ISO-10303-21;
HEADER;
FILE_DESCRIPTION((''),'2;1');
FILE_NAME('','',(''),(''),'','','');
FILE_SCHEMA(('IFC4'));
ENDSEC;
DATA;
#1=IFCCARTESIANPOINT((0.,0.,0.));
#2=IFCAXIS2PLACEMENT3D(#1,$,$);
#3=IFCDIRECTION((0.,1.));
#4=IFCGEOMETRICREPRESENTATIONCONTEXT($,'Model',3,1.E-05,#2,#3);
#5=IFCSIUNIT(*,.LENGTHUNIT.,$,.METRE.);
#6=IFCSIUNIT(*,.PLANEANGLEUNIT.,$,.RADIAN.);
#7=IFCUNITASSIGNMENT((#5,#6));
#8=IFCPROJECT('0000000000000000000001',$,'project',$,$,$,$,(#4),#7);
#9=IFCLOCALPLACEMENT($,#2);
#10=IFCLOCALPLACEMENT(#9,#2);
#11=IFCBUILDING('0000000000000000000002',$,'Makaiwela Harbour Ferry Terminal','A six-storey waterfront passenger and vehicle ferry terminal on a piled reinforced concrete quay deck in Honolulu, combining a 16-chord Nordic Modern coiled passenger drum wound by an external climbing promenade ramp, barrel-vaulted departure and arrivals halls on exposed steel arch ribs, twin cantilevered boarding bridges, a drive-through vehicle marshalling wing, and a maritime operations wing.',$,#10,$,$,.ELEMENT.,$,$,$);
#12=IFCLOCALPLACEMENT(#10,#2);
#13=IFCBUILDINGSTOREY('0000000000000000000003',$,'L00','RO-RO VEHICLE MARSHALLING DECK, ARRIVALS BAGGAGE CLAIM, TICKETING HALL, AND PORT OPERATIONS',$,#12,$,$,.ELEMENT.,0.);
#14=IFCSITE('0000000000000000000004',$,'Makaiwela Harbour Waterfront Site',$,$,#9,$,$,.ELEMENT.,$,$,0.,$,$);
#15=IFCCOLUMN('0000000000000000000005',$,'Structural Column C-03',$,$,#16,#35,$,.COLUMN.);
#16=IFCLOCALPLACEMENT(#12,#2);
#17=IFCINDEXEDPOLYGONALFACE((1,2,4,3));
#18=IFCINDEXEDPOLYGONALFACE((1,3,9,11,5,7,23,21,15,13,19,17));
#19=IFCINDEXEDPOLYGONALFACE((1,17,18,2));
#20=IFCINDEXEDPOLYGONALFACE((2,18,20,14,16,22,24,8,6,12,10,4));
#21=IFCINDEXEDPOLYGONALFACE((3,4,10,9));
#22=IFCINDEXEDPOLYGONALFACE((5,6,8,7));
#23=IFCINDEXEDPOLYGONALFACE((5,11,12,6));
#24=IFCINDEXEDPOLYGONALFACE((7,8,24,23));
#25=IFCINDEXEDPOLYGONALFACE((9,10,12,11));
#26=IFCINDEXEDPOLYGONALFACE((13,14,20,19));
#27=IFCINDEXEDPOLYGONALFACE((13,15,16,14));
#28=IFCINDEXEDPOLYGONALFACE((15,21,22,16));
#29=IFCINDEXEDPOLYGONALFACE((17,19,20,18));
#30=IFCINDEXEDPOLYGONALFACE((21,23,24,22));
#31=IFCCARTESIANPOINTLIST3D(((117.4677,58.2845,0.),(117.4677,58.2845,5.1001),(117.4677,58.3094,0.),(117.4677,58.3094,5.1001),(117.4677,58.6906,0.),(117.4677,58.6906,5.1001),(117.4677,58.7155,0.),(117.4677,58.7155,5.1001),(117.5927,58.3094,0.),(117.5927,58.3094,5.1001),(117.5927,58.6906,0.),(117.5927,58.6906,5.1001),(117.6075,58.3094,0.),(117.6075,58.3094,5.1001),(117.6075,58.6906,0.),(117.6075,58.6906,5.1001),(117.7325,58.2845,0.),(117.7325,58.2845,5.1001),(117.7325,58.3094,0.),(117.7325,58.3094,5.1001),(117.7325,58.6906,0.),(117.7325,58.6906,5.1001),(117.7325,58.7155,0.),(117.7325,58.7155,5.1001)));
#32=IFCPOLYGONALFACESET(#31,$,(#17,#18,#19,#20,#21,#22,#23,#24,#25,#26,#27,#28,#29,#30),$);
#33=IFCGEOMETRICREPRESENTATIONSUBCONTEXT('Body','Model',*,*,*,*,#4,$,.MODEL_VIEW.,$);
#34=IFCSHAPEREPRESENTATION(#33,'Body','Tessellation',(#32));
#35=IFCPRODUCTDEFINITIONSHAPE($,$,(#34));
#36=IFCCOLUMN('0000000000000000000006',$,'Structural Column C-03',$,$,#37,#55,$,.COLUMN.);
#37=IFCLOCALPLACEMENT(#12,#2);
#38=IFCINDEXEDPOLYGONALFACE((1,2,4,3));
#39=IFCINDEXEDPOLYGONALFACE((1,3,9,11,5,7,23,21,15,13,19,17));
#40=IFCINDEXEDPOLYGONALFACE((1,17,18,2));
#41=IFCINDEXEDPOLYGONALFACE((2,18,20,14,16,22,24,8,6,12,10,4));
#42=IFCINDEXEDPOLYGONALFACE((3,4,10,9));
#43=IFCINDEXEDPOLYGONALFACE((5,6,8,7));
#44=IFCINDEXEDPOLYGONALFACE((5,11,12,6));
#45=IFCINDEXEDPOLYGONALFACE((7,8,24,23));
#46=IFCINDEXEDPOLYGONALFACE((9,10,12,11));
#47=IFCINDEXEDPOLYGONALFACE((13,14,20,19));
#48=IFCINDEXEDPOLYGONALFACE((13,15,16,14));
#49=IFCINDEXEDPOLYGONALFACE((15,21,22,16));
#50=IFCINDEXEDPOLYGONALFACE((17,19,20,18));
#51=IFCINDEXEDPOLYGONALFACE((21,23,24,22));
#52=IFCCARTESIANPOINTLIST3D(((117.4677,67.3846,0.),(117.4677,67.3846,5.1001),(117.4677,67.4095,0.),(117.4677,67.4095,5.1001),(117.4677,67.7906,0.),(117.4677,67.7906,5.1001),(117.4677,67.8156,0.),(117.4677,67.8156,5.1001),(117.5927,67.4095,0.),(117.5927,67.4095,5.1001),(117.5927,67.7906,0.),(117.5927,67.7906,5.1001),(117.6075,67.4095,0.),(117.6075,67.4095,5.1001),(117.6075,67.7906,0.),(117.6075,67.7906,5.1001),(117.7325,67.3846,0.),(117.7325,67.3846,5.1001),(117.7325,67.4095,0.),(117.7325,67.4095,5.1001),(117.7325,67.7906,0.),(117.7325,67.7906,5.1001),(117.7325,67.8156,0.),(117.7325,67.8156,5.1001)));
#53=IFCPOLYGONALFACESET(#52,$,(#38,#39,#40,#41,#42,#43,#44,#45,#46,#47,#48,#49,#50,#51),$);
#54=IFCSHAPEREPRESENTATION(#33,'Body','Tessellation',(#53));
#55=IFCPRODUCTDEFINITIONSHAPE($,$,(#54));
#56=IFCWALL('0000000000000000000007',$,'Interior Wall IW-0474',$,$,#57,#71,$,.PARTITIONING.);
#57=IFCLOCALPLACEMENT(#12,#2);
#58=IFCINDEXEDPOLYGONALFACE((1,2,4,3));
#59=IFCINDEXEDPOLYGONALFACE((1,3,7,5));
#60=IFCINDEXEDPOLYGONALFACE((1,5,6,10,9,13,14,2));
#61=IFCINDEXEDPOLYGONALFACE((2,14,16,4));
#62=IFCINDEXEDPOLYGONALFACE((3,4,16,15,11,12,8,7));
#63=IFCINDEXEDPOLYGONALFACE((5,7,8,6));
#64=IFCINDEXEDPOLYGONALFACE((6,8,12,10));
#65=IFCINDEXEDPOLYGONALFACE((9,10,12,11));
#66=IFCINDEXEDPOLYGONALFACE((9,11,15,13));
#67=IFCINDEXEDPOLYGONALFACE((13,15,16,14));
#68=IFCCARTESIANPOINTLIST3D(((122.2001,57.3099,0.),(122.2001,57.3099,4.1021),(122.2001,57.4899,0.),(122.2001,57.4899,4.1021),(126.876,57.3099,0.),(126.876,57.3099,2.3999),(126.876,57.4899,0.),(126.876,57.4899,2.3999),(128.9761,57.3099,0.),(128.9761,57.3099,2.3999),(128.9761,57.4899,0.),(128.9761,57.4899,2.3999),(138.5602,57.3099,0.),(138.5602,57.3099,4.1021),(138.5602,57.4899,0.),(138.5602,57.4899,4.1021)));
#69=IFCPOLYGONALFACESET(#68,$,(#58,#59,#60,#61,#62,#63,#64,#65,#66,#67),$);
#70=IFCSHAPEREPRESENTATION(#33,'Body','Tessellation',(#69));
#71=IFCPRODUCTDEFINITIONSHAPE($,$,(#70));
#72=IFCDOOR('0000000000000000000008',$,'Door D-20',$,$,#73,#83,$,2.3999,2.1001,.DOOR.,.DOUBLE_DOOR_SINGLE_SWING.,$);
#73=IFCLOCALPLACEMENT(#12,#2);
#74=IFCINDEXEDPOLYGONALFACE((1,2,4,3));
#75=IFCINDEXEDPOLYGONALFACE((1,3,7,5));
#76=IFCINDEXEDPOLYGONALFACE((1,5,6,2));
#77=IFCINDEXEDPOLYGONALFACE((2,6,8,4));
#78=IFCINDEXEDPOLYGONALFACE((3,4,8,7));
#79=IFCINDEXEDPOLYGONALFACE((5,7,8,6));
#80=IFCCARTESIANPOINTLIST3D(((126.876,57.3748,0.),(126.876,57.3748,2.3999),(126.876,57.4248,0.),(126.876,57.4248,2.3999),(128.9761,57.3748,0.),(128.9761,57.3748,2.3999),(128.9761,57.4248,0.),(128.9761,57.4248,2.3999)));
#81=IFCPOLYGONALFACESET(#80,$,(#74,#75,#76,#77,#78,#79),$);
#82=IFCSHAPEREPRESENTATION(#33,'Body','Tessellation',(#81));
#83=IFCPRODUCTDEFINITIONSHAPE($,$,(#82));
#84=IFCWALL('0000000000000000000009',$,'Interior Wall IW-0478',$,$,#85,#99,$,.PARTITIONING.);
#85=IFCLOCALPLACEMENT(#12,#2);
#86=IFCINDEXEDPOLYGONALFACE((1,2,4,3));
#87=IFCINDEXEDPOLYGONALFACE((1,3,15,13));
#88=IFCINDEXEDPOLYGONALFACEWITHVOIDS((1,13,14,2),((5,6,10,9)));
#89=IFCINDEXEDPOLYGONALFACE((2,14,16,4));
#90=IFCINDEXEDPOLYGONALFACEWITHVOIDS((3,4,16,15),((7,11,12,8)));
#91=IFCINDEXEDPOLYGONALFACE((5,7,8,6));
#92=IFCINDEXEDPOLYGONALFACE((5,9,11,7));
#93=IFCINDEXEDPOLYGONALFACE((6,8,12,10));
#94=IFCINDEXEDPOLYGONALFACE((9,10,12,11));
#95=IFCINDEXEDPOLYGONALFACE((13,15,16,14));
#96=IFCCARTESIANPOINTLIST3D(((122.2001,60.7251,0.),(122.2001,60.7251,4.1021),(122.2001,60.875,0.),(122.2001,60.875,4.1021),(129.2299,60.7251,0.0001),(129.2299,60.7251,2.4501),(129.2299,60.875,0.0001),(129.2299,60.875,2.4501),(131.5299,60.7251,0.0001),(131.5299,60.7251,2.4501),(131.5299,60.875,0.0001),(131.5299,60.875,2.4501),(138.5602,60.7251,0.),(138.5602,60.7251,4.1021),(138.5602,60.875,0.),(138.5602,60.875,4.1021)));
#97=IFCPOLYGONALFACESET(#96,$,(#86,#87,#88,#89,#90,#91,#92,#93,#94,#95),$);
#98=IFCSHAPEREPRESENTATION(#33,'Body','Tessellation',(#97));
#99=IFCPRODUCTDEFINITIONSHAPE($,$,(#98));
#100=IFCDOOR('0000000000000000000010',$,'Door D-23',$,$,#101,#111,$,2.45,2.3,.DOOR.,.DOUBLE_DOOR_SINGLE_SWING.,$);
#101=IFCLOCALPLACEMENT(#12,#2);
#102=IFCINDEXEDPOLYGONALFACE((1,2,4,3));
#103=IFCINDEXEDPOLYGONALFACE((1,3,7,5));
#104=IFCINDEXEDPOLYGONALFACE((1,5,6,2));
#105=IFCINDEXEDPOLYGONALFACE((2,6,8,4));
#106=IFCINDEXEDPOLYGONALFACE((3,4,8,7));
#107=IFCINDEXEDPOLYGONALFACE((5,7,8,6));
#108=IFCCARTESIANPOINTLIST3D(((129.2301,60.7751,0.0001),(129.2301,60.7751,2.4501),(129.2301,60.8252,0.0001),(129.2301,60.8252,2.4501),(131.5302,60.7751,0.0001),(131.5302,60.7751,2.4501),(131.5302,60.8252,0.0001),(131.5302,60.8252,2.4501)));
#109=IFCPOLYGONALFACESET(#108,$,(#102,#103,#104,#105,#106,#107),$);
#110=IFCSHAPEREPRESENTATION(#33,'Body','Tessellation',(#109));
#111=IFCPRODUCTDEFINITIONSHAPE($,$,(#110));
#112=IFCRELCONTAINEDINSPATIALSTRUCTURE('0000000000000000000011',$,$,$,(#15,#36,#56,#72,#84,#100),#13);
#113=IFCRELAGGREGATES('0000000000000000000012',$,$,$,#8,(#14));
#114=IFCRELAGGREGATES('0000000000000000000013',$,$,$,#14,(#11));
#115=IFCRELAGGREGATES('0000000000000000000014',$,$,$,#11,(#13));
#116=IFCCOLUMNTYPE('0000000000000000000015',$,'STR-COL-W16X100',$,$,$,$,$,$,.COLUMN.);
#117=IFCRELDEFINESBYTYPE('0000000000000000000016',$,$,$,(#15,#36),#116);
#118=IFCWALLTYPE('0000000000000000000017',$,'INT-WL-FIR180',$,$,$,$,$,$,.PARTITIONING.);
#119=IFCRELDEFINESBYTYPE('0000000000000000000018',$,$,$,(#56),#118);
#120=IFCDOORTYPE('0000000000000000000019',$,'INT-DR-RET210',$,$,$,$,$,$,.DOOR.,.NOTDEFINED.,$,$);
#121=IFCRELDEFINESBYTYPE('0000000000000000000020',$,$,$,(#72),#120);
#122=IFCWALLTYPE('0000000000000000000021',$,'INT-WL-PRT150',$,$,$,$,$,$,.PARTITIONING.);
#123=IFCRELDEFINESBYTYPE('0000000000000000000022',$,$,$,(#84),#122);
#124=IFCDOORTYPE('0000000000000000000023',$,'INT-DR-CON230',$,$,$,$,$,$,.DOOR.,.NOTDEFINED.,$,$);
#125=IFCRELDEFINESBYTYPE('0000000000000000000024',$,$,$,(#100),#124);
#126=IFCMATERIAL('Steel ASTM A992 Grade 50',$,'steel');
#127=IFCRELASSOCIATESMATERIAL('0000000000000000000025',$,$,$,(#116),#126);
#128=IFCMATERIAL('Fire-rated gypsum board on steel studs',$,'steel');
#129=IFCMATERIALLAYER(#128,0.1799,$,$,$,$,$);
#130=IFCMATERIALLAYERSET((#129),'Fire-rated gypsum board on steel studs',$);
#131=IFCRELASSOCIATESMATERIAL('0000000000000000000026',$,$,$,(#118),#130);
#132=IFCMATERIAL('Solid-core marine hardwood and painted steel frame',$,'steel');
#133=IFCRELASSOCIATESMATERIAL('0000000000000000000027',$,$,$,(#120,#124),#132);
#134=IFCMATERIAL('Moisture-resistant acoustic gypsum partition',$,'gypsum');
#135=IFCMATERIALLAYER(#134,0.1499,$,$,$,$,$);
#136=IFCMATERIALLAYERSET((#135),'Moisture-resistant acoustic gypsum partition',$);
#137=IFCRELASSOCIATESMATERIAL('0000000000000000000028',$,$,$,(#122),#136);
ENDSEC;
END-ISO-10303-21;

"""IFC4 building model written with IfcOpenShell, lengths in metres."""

from ifc_helpers import new_model, si_unit, direction, frame, frame_2d, origin, origin_2d, place, context, subcontext, project, spatial, rectangle, i_section, extrude, material, layer, layer_set, material_profile, profile_set, type_object, element, fill, save


model = new_model("IFC4")

# Units and contexts
model_context = context("Model", 3, precision=1e-05, world=origin(), true_north=direction((0.0, 1.0)))
body_context = subcontext(model_context, "Body", "Model", "MODEL_VIEW")
ifc_project = project(units=[si_unit("LENGTHUNIT", "METRE"), si_unit("PLANEANGLEUNIT", "RADIAN")], contexts=[model_context])

# Site, building, storey
site_placement = place(None, origin())
site = spatial("IfcSite", under=ifc_project, at=site_placement, Name="Makaiwela Harbour Waterfront Site", CompositionType="ELEMENT", RefElevation=0.0)
building_placement = place(site_placement, origin())
building = spatial("IfcBuilding", under=site, at=building_placement, Name="Makaiwela Harbour Ferry Terminal", Description="A six-storey waterfront passenger and vehicle ferry terminal on a piled reinforced concrete quay deck in Honolulu, combining a 16-chord Nordic Modern coiled passenger drum wound by an external climbing promenade ramp, barrel-vaulted departure and arrivals halls on exposed steel arch ribs, twin cantilevered boarding bridges, a drive-through vehicle marshalling wing, and a maritime operations wing.", CompositionType="ELEMENT")
storey_placement = place(building_placement, origin())
storey = spatial("IfcBuildingStorey", under=building, at=storey_placement, Name="L00", Description="RO-RO VEHICLE MARSHALLING DECK, ARRIVALS BAGGAGE CLAIM, TICKETING HALL, AND PORT OPERATIONS", CompositionType="ELEMENT", Elevation=0.0)

# Columns
ifc_material_1 = material(Name="Steel ASTM A992 Grade 50", Category="steel")
ifc_material_profile_1 = material_profile(ifc_material_1, i_section(OverallWidth=0.2649, OverallDepth=0.4309, WebThickness=0.0149, FlangeThickness=0.0249, at=origin_2d()), Name="W16X100")
ifc_profile_set_1 = profile_set([ifc_material_profile_1], Name="Steel ASTM A992 Grade 50")
column_type = type_object("IfcColumnType", Name="STR-COL-W16X100", PredefinedType="COLUMN", material=ifc_profile_set_1)
for number, where, z_axis, x_axis, name in (
    (1, (117.6001, 58.5, 0.0), (0.0, 0.0, 1.0), (1.0, 0.0, 0.0), "Structural Column C-03"),
    (2, (117.6001, 67.6001, 0.0), (0.0, 0.0, 1.0), (1.0, 0.0, 0.0), "Structural Column C-03"),
):
    element("IfcColumn", number, at=place(storey_placement, frame(where, z_axis=z_axis, x_axis=x_axis)), inside=storey, type_object=column_type, Name=name, PredefinedType="COLUMN", context=body_context, shape_type="SweptSolid", body=[
        extrude(i_section(OverallWidth=0.2649, OverallDepth=0.4309, WebThickness=0.0149, FlangeThickness=0.0249, at=origin_2d()), origin(), (0.0, 0.0, 1.0), 5.1001),
    ])

# Walls, openings, doors
ifc_material_2 = material(Name="Fire-rated gypsum board on steel studs", Category="steel")
ifc_layer_1 = layer(ifc_material_2, 0.1799)
ifc_layer_set_1 = layer_set([ifc_layer_1], Name="Fire-rated gypsum board on steel studs")
wall_type_1 = type_object("IfcWallType", Name="INT-WL-FIR180", PredefinedType="PARTITIONING", material=ifc_layer_set_1)
wall_1_placement = place(storey_placement, frame((122.2, 57.3999, 0.0), z_axis=(0.0, 0.0, 1.0), x_axis=(1.0, 0.0, 0.0)))
wall_1 = element("IfcWall", 3, at=wall_1_placement, inside=storey, type_object=wall_type_1, Name="Interior Wall IW-0474", PredefinedType="PARTITIONING", context=body_context, shape_type="SweptSolid", body=[
    extrude(rectangle(XDim=16.3601, YDim=0.1799, at=frame_2d((8.1802, 0.0))), origin(), (0.0, 0.0, 1.0), 4.1021),
])
opening_1_placement = place(wall_1_placement, frame((4.676, 0.0, 0.0)))
opening_1 = element("IfcOpeningElement", 4, at=opening_1_placement, cuts=wall_1, PredefinedType="OPENING", context=body_context, shape_type="SweptSolid", body=[
    extrude(rectangle(XDim=2.1001, YDim=2.3999, at=frame_2d((1.05, 1.2))), frame((0.0, 0.0999, 0.0), z_axis=(0.0, -1.0, 0.0), x_axis=(1.0, 0.0, 0.0)), (0.0, 0.0, 1.0), 0.2),
])
ifc_material_3 = material(Name="Solid-core marine hardwood and painted steel frame", Category="steel")
door_type_1 = type_object("IfcDoorType", Name="INT-DR-RET210", OperationType="NOTDEFINED", PredefinedType="DOOR", material=ifc_material_3)
door_1_placement = place(opening_1_placement, origin())
door_1 = element("IfcDoor", 5, at=door_1_placement, inside=storey, type_object=door_type_1, Name="Door D-20", OperationType="DOUBLE_DOOR_SINGLE_SWING", OverallHeight=2.3999, OverallWidth=2.1001, PredefinedType="DOOR", context=body_context, shape_type="SweptSolid", body=[
    extrude(rectangle(XDim=2.1001, YDim=2.3999, at=frame_2d((1.05, 1.2))), frame((0.0, 0.0249, 0.0), z_axis=(0.0, -1.0, 0.0), x_axis=(1.0, 0.0, 0.0)), (0.0, 0.0, 1.0), 0.05),
])
fill(opening_1, door_1)
ifc_material_4 = material(Name="Moisture-resistant acoustic gypsum partition", Category="gypsum")
ifc_layer_2 = layer(ifc_material_4, 0.1499)
ifc_layer_set_2 = layer_set([ifc_layer_2], Name="Moisture-resistant acoustic gypsum partition")
wall_type_2 = type_object("IfcWallType", Name="INT-WL-PRT150", PredefinedType="PARTITIONING", material=ifc_layer_set_2)
wall_2_placement = place(storey_placement, frame((122.2, 60.8, 0.0), z_axis=(0.0, 0.0, 1.0), x_axis=(1.0, 0.0, 0.0)))
wall_2 = element("IfcWall", 6, at=wall_2_placement, inside=storey, type_object=wall_type_2, Name="Interior Wall IW-0478", PredefinedType="PARTITIONING", context=body_context, shape_type="SweptSolid", body=[
    extrude(rectangle(XDim=16.3601, YDim=0.1499, at=frame_2d((8.1802, 0.0))), origin(), (0.0, 0.0, 1.0), 4.1021),
])
opening_2_placement = place(wall_2_placement, frame((7.03, 0.0, 0.0)))
opening_2 = element("IfcOpeningElement", 7, at=opening_2_placement, cuts=wall_2, PredefinedType="OPENING", context=body_context, shape_type="SweptSolid", body=[
    extrude(rectangle(XDim=2.3, YDim=2.45, at=frame_2d((1.1499, 1.2251))), frame((0.0, 0.085, 0.0), z_axis=(0.0, -1.0, 0.0), x_axis=(1.0, 0.0, 0.0)), (0.0, 0.0, 1.0), 0.1699),
])
door_type_2 = type_object("IfcDoorType", Name="INT-DR-CON230", OperationType="NOTDEFINED", PredefinedType="DOOR", material=ifc_material_3)
door_2_placement = place(opening_2_placement, frame((2.3, 0.0, 0.0), z_axis=(0.0, 0.0, 1.0), x_axis=(-1.0, 0.0, 0.0)))
door_2 = element("IfcDoor", 8, at=door_2_placement, inside=storey, type_object=door_type_2, Name="Door D-23", OperationType="DOUBLE_DOOR_SINGLE_SWING", OverallHeight=2.45, OverallWidth=2.3, PredefinedType="DOOR", context=body_context, shape_type="SweptSolid", body=[
    extrude(rectangle(XDim=2.3, YDim=2.45, at=frame_2d((1.1499, 1.2251))), frame((0.0, 0.0249, 0.0), z_axis=(0.0, -1.0, 0.0), x_axis=(1.0, 0.0, 0.0)), (0.0, 0.0, 1.0), 0.05),
])
fill(opening_2, door_2)

save(model, "model.ifc")
